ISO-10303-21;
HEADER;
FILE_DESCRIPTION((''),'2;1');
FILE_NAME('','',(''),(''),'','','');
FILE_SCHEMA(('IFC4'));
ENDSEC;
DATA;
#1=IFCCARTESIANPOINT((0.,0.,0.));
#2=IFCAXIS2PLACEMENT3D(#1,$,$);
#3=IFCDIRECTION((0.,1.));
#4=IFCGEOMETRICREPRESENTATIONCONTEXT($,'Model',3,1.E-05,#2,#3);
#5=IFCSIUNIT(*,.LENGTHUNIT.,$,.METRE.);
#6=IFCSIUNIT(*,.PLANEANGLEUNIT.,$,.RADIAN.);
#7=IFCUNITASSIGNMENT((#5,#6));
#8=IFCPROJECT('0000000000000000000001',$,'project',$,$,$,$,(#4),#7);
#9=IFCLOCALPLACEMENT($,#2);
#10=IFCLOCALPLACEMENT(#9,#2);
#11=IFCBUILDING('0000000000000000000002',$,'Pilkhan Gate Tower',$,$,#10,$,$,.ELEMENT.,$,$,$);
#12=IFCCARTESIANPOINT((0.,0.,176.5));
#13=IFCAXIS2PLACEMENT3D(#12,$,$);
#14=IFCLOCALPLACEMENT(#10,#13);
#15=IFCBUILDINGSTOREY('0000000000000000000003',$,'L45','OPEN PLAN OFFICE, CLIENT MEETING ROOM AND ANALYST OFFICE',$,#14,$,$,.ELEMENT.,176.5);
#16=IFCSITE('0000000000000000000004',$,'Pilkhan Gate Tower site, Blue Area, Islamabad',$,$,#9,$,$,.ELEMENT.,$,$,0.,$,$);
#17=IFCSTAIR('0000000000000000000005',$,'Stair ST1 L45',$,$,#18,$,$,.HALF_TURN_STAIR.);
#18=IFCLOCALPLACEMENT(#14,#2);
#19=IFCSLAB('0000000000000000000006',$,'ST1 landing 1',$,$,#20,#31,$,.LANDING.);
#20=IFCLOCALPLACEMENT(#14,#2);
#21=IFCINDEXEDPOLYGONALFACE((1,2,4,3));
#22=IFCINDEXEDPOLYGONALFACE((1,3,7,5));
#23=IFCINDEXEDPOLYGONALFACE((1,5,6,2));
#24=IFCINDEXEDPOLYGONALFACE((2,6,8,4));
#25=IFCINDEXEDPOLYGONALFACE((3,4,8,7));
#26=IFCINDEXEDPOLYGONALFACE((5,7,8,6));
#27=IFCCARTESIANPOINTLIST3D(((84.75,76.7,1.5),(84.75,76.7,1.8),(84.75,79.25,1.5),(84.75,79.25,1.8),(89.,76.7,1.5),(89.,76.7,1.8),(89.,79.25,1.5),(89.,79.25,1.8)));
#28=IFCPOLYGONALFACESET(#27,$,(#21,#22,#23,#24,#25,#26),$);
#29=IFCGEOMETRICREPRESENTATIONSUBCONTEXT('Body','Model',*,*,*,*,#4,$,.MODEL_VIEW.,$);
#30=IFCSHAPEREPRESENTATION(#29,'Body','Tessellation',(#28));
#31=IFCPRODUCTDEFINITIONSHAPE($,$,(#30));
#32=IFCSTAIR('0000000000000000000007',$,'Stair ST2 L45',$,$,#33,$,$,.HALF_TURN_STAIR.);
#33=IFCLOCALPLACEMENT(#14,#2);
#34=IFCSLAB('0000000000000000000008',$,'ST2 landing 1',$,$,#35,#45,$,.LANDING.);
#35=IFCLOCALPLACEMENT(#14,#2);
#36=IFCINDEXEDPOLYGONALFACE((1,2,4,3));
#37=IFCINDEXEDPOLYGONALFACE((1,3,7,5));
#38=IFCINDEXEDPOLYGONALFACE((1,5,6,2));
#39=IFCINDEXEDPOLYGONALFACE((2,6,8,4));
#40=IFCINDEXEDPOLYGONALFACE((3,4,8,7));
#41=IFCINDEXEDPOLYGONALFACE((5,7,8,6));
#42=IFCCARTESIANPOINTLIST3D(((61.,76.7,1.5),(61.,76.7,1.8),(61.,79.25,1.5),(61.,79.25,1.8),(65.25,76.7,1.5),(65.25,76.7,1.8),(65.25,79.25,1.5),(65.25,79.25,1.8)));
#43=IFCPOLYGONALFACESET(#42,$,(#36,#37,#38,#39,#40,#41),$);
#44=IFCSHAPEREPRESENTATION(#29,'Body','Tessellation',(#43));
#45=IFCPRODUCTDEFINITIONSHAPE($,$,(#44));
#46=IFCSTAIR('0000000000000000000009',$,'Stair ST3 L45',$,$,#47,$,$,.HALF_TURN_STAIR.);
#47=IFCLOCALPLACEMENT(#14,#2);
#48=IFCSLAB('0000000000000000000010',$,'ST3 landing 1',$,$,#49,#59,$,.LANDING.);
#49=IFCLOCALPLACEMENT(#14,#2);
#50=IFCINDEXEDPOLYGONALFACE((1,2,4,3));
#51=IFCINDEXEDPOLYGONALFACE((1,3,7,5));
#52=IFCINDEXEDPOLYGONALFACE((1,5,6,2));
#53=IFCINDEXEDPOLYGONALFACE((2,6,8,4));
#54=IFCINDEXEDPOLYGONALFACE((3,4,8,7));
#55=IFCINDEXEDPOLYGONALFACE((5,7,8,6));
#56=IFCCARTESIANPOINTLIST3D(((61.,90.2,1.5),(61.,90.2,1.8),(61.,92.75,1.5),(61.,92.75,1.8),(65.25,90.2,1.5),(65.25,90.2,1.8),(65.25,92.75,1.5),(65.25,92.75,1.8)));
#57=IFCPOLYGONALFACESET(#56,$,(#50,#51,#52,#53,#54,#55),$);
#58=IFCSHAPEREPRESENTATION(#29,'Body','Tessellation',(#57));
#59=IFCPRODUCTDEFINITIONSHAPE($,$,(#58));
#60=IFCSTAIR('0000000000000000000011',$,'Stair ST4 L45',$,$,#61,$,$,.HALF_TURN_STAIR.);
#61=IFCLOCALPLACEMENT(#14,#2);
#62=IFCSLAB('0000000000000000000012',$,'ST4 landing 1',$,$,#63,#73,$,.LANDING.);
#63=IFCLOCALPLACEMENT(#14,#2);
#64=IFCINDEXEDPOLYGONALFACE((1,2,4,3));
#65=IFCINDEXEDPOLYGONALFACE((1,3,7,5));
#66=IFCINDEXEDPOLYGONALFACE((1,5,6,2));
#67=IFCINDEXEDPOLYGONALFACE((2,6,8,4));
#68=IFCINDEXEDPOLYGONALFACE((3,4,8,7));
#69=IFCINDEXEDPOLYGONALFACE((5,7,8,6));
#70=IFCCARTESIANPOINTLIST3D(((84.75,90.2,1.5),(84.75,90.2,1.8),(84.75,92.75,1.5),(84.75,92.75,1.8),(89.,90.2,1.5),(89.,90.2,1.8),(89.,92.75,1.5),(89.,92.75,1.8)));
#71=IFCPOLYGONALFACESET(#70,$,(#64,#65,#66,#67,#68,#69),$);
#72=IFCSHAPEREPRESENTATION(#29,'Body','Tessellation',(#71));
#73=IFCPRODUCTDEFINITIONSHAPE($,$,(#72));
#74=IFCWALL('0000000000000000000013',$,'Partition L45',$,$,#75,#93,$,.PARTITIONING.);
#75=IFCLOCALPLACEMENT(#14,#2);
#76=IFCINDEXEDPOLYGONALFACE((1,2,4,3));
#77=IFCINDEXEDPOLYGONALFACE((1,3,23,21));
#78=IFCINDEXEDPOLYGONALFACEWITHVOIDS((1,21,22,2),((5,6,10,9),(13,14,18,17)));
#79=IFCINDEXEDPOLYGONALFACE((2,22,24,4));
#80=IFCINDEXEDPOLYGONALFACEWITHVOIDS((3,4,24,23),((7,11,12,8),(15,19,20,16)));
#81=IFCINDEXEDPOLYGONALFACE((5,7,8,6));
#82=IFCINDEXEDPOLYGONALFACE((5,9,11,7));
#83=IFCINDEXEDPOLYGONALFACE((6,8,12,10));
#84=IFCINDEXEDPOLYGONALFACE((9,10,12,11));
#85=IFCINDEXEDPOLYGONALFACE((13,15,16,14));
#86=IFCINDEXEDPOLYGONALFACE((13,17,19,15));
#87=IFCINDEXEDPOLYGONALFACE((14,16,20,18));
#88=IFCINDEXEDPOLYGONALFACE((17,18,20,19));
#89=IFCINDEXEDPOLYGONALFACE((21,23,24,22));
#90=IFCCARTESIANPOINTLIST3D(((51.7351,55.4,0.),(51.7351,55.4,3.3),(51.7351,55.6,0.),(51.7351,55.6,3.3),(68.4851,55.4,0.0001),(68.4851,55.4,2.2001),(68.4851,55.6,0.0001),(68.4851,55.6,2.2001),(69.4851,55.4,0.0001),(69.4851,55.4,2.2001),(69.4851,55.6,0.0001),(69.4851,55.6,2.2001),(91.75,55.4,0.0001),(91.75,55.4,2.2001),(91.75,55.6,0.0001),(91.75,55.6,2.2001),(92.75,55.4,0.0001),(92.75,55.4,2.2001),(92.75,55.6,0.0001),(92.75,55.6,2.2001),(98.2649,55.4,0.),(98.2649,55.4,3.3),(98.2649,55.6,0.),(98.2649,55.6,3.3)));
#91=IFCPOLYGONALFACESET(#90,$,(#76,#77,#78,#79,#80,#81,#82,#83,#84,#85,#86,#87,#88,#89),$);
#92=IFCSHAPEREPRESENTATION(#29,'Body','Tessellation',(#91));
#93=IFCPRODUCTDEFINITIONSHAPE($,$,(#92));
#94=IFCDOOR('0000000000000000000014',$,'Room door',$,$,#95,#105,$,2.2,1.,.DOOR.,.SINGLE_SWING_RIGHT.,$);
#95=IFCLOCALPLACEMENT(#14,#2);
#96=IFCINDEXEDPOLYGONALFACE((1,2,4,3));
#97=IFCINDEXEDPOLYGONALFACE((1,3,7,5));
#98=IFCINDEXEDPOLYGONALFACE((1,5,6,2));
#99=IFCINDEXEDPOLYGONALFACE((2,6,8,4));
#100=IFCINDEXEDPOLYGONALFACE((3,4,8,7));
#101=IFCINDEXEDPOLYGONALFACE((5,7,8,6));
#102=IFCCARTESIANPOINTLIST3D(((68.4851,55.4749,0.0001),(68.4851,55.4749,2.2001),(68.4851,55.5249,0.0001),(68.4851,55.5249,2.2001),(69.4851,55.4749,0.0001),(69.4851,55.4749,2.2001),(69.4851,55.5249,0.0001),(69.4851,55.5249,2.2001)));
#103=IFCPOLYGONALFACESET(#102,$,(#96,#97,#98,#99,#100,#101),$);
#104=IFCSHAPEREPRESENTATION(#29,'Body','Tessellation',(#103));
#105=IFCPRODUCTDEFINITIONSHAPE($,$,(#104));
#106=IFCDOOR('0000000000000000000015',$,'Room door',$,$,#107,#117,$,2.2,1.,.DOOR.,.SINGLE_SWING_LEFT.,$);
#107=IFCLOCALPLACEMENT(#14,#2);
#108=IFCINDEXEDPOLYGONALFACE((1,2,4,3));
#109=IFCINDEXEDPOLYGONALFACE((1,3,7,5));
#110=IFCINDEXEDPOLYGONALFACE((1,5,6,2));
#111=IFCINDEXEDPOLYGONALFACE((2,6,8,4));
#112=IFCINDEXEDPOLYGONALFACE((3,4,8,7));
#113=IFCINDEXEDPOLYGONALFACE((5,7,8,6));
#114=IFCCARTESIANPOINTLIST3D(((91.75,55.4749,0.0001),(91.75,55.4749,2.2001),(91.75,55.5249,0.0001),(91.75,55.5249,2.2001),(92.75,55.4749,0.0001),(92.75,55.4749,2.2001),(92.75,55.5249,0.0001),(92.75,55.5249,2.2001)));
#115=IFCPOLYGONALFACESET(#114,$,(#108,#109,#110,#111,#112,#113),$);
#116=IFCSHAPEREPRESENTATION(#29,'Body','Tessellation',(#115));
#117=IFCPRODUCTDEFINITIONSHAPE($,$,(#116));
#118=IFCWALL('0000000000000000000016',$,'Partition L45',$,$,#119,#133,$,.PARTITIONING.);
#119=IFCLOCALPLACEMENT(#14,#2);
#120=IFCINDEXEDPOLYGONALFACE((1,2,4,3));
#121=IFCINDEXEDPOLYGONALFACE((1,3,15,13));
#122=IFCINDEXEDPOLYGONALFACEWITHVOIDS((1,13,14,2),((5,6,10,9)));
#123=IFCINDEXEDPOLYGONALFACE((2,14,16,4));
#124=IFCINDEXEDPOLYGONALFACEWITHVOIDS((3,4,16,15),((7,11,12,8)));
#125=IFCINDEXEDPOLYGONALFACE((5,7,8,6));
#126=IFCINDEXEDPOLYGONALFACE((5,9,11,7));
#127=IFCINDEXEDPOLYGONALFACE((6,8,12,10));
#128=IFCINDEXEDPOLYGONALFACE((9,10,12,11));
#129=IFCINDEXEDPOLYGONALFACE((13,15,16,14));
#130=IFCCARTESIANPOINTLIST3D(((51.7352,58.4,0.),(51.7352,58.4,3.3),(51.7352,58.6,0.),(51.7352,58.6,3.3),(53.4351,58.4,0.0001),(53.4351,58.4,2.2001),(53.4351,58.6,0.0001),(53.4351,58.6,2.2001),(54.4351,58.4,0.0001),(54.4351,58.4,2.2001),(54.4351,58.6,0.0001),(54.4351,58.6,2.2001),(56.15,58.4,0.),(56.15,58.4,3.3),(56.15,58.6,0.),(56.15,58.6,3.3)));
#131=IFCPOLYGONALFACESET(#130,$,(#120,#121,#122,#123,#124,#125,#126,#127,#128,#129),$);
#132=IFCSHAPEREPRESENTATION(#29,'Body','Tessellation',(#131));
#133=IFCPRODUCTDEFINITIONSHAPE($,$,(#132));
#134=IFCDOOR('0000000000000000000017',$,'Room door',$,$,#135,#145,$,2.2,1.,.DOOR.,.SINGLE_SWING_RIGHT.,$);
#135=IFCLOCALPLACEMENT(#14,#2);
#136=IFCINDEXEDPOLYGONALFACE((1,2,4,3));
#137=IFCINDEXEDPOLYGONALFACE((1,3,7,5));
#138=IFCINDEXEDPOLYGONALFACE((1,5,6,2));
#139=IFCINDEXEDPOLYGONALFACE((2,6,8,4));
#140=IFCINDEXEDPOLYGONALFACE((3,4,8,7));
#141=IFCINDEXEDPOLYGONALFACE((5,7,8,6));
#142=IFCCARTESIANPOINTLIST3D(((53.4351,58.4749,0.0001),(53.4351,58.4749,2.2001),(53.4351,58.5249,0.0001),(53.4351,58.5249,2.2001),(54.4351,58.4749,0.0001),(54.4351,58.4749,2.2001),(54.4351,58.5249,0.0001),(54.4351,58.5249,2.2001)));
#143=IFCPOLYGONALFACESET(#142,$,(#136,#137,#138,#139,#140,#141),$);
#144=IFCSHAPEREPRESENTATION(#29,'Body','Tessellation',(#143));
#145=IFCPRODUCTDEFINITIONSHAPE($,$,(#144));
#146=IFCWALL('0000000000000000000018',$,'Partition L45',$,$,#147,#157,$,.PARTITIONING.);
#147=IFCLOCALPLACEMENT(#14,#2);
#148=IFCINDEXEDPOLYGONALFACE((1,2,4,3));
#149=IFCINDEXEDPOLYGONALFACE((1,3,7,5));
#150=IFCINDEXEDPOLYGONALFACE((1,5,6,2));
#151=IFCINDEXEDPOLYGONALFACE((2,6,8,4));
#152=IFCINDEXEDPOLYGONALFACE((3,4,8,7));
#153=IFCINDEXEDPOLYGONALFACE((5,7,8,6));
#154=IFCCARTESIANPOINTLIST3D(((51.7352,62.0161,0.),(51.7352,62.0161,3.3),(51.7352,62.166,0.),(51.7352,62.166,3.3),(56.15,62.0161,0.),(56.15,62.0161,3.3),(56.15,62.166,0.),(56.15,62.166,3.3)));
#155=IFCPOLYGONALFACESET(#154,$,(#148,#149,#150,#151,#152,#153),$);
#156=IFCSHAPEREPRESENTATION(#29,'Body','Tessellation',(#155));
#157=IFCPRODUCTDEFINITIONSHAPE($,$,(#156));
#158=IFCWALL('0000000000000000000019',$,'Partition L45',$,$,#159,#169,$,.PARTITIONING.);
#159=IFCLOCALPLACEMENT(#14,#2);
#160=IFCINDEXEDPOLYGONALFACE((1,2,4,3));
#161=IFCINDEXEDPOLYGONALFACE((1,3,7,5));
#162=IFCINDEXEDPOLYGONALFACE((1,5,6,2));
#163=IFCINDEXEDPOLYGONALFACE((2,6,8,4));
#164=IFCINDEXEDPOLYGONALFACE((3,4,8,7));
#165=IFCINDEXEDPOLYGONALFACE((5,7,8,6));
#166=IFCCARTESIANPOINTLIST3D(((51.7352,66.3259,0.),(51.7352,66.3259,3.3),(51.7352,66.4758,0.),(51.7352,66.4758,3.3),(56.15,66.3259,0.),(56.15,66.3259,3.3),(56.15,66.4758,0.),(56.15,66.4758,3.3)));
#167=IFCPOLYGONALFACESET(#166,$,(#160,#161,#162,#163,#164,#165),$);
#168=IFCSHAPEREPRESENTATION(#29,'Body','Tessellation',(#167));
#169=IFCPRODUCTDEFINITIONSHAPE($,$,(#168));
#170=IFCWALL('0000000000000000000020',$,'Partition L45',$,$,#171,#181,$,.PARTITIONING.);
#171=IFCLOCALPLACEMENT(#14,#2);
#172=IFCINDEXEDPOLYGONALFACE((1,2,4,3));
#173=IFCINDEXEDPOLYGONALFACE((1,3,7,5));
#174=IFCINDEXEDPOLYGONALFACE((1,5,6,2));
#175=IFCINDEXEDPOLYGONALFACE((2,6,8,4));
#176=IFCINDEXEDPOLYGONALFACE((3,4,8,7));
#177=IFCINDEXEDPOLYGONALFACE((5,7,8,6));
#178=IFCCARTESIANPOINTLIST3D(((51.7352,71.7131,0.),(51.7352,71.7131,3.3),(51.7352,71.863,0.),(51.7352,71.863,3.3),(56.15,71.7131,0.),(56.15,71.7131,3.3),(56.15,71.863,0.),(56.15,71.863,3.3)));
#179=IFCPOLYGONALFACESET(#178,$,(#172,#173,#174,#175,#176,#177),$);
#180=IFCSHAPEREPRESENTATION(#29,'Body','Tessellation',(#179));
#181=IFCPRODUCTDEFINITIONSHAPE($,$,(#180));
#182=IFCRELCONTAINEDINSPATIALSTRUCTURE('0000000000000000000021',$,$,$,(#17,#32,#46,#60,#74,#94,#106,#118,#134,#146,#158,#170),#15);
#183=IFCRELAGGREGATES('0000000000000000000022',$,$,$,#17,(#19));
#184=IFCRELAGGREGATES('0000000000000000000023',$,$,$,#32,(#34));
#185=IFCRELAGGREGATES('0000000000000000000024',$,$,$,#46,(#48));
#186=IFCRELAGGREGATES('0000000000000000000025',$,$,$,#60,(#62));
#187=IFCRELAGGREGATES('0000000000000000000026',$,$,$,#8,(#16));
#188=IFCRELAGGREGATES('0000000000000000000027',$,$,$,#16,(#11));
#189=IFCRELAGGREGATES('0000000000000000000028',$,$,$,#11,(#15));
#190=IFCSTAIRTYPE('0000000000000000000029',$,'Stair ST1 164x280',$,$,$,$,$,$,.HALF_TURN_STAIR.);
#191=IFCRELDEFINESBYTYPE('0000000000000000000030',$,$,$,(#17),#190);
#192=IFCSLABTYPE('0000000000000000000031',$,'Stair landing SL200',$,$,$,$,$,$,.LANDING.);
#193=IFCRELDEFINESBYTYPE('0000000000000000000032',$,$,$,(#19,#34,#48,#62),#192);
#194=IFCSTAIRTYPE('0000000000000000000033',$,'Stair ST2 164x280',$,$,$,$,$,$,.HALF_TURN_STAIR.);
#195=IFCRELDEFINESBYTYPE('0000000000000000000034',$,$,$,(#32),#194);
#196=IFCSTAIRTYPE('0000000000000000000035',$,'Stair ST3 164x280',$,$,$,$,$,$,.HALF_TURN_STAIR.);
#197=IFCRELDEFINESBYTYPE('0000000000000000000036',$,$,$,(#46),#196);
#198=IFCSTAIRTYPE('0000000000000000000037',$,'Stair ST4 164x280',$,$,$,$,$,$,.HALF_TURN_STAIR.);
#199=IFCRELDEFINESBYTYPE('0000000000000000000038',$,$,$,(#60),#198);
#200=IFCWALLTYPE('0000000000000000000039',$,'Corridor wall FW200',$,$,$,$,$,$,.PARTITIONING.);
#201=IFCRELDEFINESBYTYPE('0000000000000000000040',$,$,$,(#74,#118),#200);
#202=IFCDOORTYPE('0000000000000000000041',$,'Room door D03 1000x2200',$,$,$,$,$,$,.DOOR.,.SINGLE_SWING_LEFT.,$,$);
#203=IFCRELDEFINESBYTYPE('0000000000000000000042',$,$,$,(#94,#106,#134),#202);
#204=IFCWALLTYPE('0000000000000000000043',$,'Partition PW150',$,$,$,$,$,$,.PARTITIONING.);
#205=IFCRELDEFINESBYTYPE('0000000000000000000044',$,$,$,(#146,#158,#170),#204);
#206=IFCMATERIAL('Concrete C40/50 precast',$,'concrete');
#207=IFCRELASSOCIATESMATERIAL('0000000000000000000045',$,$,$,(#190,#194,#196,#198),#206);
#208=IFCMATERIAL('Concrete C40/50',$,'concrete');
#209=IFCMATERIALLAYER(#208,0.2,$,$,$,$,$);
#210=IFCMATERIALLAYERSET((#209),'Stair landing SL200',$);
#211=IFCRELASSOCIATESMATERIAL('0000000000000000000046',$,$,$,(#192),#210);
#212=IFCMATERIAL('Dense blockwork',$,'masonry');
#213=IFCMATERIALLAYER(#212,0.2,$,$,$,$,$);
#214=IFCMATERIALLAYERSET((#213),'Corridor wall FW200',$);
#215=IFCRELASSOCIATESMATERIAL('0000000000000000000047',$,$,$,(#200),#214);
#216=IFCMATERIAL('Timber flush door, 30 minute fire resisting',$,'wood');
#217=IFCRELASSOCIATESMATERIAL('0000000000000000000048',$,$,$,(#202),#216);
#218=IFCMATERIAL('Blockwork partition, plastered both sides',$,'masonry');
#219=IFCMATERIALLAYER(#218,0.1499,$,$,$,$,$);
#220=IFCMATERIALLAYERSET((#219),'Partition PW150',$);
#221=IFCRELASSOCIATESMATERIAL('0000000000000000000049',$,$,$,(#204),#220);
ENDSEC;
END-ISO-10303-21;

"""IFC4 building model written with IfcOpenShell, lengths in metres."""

from ifc_helpers import new_model, si_unit, direction, frame, frame_2d, origin, place, context, subcontext, project, spatial, polyline, rectangle, outline, extrude, material, layer, layer_set, type_object, element, fill, aggregate, save


model = new_model("IFC4")

# Units and contexts
model_context = context("Model", 3, precision=1e-05, world=origin(), true_north=direction((0.0, 1.0)))
body_context = subcontext(model_context, "Body", "Model", "MODEL_VIEW")
ifc_project = project(units=[si_unit("LENGTHUNIT", "METRE"), si_unit("PLANEANGLEUNIT", "RADIAN")], contexts=[model_context])

# Site, building, storey
site_placement = place(None, origin())
site = spatial("IfcSite", under=ifc_project, at=site_placement, Name="Pilkhan Gate Tower site, Blue Area, Islamabad", CompositionType="ELEMENT", RefElevation=0.0)
building_placement = place(site_placement, origin())
building = spatial("IfcBuilding", under=site, at=building_placement, Name="Pilkhan Gate Tower", CompositionType="ELEMENT")
storey_placement = place(building_placement, frame((0.0, 0.0, 176.5)))
storey = spatial("IfcBuildingStorey", under=building, at=storey_placement, Name="L45", Description="OPEN PLAN OFFICE, CLIENT MEETING ROOM AND ANALYST OFFICE", CompositionType="ELEMENT", Elevation=176.5)

# Shared definitions
ifc_material_1 = material(Name="Concrete C40/50", Category="concrete")

# Stairs, slabs
ifc_material_2 = material(Name="Concrete C40/50 precast", Category="concrete")
stair_type_1 = type_object("IfcStairType", Name="Stair ST1 164x280", PredefinedType="HALF_TURN_STAIR", material=ifc_material_2)
stair_1_placement = place(storey_placement, origin())
stair_1 = element("IfcStair", 1, at=stair_1_placement, inside=storey, type_object=stair_type_1, Name="Stair ST1 L45", PredefinedType="HALF_TURN_STAIR")
ifc_layer_1 = layer(ifc_material_1, 0.2)
ifc_layer_set_1 = layer_set([ifc_layer_1], Name="Stair landing SL200")
slab_type_1 = type_object("IfcSlabType", Name="Stair landing SL200", PredefinedType="LANDING", material=ifc_layer_set_1)
slab_1_placement = place(storey_placement, frame((0.0, 0.0, 1.5)))
slab_1 = element("IfcSlab", 2, at=slab_1_placement, type_object=slab_type_1, Name="ST1 landing 1", PredefinedType="LANDING", context=body_context, shape_type="SweptSolid", body=[
    extrude(outline(polyline([(89.0, 76.7), (89.0, 79.25), (84.75, 79.25), (84.75, 76.7), (89.0, 76.7)])), origin(), (0.0, 0.0, 1.0), 0.3),
])
aggregate(stair_1, [slab_1])
stair_type_2 = type_object("IfcStairType", Name="Stair ST2 164x280", PredefinedType="HALF_TURN_STAIR", material=ifc_material_2)
stair_2_placement = place(storey_placement, origin())
stair_2 = element("IfcStair", 3, at=stair_2_placement, inside=storey, type_object=stair_type_2, Name="Stair ST2 L45", PredefinedType="HALF_TURN_STAIR")
slab_2_placement = place(storey_placement, frame((0.0, 0.0, 1.5)))
slab_2 = element("IfcSlab", 4, at=slab_2_placement, type_object=slab_type_1, Name="ST2 landing 1", PredefinedType="LANDING", context=body_context, shape_type="SweptSolid", body=[
    extrude(outline(polyline([(65.25, 76.7), (65.25, 79.25), (61.0, 79.25), (61.0, 76.7), (65.25, 76.7)])), origin(), (0.0, 0.0, 1.0), 0.3),
])
aggregate(stair_2, [slab_2])
stair_type_3 = type_object("IfcStairType", Name="Stair ST3 164x280", PredefinedType="HALF_TURN_STAIR", material=ifc_material_2)
stair_3_placement = place(storey_placement, origin())
stair_3 = element("IfcStair", 5, at=stair_3_placement, inside=storey, type_object=stair_type_3, Name="Stair ST3 L45", PredefinedType="HALF_TURN_STAIR")
slab_3_placement = place(storey_placement, frame((0.0, 0.0, 1.5)))
slab_3 = element("IfcSlab", 6, at=slab_3_placement, type_object=slab_type_1, Name="ST3 landing 1", PredefinedType="LANDING", context=body_context, shape_type="SweptSolid", body=[
    extrude(outline(polyline([(65.25, 90.2), (65.25, 92.75), (61.0, 92.75), (61.0, 90.2), (65.25, 90.2)])), origin(), (0.0, 0.0, 1.0), 0.3),
])
aggregate(stair_3, [slab_3])
stair_type_4 = type_object("IfcStairType", Name="Stair ST4 164x280", PredefinedType="HALF_TURN_STAIR", material=ifc_material_2)
stair_4_placement = place(storey_placement, origin())
stair_4 = element("IfcStair", 7, at=stair_4_placement, inside=storey, type_object=stair_type_4, Name="Stair ST4 L45", PredefinedType="HALF_TURN_STAIR")
slab_4_placement = place(storey_placement, frame((0.0, 0.0, 1.5)))
slab_4 = element("IfcSlab", 8, at=slab_4_placement, type_object=slab_type_1, Name="ST4 landing 1", PredefinedType="LANDING", context=body_context, shape_type="SweptSolid", body=[
    extrude(outline(polyline([(89.0, 90.2), (89.0, 92.75), (84.75, 92.75), (84.75, 90.2), (89.0, 90.2)])), origin(), (0.0, 0.0, 1.0), 0.3),
])
aggregate(stair_4, [slab_4])

# Wall, openings, doors
ifc_material_3 = material(Name="Dense blockwork", Category="masonry")
ifc_layer_2 = layer(ifc_material_3, 0.2)
ifc_layer_set_2 = layer_set([ifc_layer_2], Name="Corridor wall FW200")
wall_type_1 = type_object("IfcWallType", Name="Corridor wall FW200", PredefinedType="PARTITIONING", material=ifc_layer_set_2)
wall_1_placement = place(storey_placement, frame((51.7351, 55.5, 0.0), z_axis=(0.0, 0.0, 1.0), x_axis=(1.0, 0.0, 0.0)))
wall_1 = element("IfcWall", 9, at=wall_1_placement, inside=storey, type_object=wall_type_1, Name="Partition L45", PredefinedType="PARTITIONING", context=body_context, shape_type="SweptSolid", body=[
    extrude(rectangle(XDim=46.5298, YDim=0.2, at=frame_2d((23.2649, 0.0))), origin(), (0.0, 0.0, 1.0), 3.3),
])
opening_1_placement = place(wall_1_placement, frame((16.75, 0.0, 0.0)))
opening_1 = element("IfcOpeningElement", 10, at=opening_1_placement, cuts=wall_1, PredefinedType="OPENING", context=body_context, shape_type="SweptSolid", body=[
    extrude(rectangle(XDim=1.0, YDim=2.2, at=frame_2d((0.5, 1.1001))), frame((0.0, 0.1099, 0.0), z_axis=(0.0, -1.0, 0.0), x_axis=(1.0, 0.0, 0.0)), (0.0, 0.0, 1.0), 0.22),
])
opening_2_placement = place(wall_1_placement, frame((40.0149, 0.0, 0.0)))
opening_2 = element("IfcOpeningElement", 11, at=opening_2_placement, cuts=wall_1, PredefinedType="OPENING", context=body_context, shape_type="SweptSolid", body=[
    extrude(rectangle(XDim=1.0, YDim=2.2, at=frame_2d((0.5, 1.1001))), frame((0.0, 0.1099, 0.0), z_axis=(0.0, -1.0, 0.0), x_axis=(1.0, 0.0, 0.0)), (0.0, 0.0, 1.0), 0.22),
])
ifc_material_4 = material(Name="Timber flush door, 30 minute fire resisting", Category="wood")
door_type = type_object("IfcDoorType", Name="Room door D03 1000x2200", OperationType="SINGLE_SWING_LEFT", PredefinedType="DOOR", material=ifc_material_4)
door_1_placement = place(opening_1_placement, origin())
door_1 = element("IfcDoor", 12, at=door_1_placement, inside=storey, type_object=door_type, Name="Room door", OperationType="SINGLE_SWING_RIGHT", OverallHeight=2.2, OverallWidth=1.0, PredefinedType="DOOR", context=body_context, shape_type="SweptSolid", body=[
    extrude(rectangle(XDim=1.0, YDim=2.2, at=frame_2d((0.5, 1.1001))), frame((0.0, 0.0249, 0.0), z_axis=(0.0, -1.0, 0.0), x_axis=(1.0, 0.0, 0.0)), (0.0, 0.0, 1.0), 0.05),
])
fill(opening_1, door_1)
door_2_placement = place(opening_2_placement, origin())
door_2 = element("IfcDoor", 13, at=door_2_placement, inside=storey, type_object=door_type, Name="Room door", OperationType="SINGLE_SWING_LEFT", OverallHeight=2.2, OverallWidth=1.0, PredefinedType="DOOR", context=body_context, shape_type="SweptSolid", body=[
    extrude(rectangle(XDim=1.0, YDim=2.2, at=frame_2d((0.5, 1.1001))), frame((0.0, 0.0249, 0.0), z_axis=(0.0, -1.0, 0.0), x_axis=(1.0, 0.0, 0.0)), (0.0, 0.0, 1.0), 0.05),
])
fill(opening_2, door_2)

# Wall, opening, door
wall_2_placement = place(storey_placement, frame((51.7351, 58.5, 0.0), z_axis=(0.0, 0.0, 1.0), x_axis=(1.0, 0.0, 0.0)))
wall_2 = element("IfcWall", 14, at=wall_2_placement, inside=storey, type_object=wall_type_1, Name="Partition L45", PredefinedType="PARTITIONING", context=body_context, shape_type="SweptSolid", body=[
    extrude(rectangle(XDim=4.4148, YDim=0.2, at=frame_2d((2.2075, 0.0))), origin(), (0.0, 0.0, 1.0), 3.3),
])
opening_3_placement = place(wall_2_placement, frame((1.7, 0.0, 0.0)))
opening_3 = element("IfcOpeningElement", 15, at=opening_3_placement, cuts=wall_2, PredefinedType="OPENING", context=body_context, shape_type="SweptSolid", body=[
    extrude(rectangle(XDim=1.0, YDim=2.2, at=frame_2d((0.5, 1.1001))), frame((0.0, 0.1099, 0.0), z_axis=(0.0, -1.0, 0.0), x_axis=(1.0, 0.0, 0.0)), (0.0, 0.0, 1.0), 0.22),
])
door_3_placement = place(opening_3_placement, origin())
door_3 = element("IfcDoor", 16, at=door_3_placement, inside=storey, type_object=door_type, Name="Room door", OperationType="SINGLE_SWING_RIGHT", OverallHeight=2.2, OverallWidth=1.0, PredefinedType="DOOR", context=body_context, shape_type="SweptSolid", body=[
    extrude(rectangle(XDim=1.0, YDim=2.2, at=frame_2d((0.5, 1.1001))), frame((0.0, 0.0249, 0.0), z_axis=(0.0, -1.0, 0.0), x_axis=(1.0, 0.0, 0.0)), (0.0, 0.0, 1.0), 0.05),
])
fill(opening_3, door_3)

# Walls
ifc_material_5 = material(Name="Blockwork partition, plastered both sides", Category="masonry")
ifc_layer_3 = layer(ifc_material_5, 0.1499)
ifc_layer_set_3 = layer_set([ifc_layer_3], Name="Partition PW150")
wall_type_2 = type_object("IfcWallType", Name="Partition PW150", PredefinedType="PARTITIONING", material=ifc_layer_set_3)
for number, where, z_axis, x_axis, name in (
    (17, (51.7351, 62.0911, 0.0), (0.0, 0.0, 1.0), (1.0, 0.0, 0.0), "Partition L45"),
    (18, (51.7351, 66.4009, 0.0), (0.0, 0.0, 1.0), (1.0, 0.0, 0.0), "Partition L45"),
    (19, (51.7351, 71.7881, 0.0), (0.0, 0.0, 1.0), (1.0, 0.0, 0.0), "Partition L45"),
):
    element("IfcWall", number, at=place(storey_placement, frame(where, z_axis=z_axis, x_axis=x_axis)), inside=storey, type_object=wall_type_2, Name=name, PredefinedType="PARTITIONING", context=body_context, shape_type="SweptSolid", body=[
        extrude(rectangle(XDim=4.4148, YDim=0.1499, at=frame_2d((2.2075, 0.0))), origin(), (0.0, 0.0, 1.0), 3.3),
    ])

save(model, "model.ifc")
